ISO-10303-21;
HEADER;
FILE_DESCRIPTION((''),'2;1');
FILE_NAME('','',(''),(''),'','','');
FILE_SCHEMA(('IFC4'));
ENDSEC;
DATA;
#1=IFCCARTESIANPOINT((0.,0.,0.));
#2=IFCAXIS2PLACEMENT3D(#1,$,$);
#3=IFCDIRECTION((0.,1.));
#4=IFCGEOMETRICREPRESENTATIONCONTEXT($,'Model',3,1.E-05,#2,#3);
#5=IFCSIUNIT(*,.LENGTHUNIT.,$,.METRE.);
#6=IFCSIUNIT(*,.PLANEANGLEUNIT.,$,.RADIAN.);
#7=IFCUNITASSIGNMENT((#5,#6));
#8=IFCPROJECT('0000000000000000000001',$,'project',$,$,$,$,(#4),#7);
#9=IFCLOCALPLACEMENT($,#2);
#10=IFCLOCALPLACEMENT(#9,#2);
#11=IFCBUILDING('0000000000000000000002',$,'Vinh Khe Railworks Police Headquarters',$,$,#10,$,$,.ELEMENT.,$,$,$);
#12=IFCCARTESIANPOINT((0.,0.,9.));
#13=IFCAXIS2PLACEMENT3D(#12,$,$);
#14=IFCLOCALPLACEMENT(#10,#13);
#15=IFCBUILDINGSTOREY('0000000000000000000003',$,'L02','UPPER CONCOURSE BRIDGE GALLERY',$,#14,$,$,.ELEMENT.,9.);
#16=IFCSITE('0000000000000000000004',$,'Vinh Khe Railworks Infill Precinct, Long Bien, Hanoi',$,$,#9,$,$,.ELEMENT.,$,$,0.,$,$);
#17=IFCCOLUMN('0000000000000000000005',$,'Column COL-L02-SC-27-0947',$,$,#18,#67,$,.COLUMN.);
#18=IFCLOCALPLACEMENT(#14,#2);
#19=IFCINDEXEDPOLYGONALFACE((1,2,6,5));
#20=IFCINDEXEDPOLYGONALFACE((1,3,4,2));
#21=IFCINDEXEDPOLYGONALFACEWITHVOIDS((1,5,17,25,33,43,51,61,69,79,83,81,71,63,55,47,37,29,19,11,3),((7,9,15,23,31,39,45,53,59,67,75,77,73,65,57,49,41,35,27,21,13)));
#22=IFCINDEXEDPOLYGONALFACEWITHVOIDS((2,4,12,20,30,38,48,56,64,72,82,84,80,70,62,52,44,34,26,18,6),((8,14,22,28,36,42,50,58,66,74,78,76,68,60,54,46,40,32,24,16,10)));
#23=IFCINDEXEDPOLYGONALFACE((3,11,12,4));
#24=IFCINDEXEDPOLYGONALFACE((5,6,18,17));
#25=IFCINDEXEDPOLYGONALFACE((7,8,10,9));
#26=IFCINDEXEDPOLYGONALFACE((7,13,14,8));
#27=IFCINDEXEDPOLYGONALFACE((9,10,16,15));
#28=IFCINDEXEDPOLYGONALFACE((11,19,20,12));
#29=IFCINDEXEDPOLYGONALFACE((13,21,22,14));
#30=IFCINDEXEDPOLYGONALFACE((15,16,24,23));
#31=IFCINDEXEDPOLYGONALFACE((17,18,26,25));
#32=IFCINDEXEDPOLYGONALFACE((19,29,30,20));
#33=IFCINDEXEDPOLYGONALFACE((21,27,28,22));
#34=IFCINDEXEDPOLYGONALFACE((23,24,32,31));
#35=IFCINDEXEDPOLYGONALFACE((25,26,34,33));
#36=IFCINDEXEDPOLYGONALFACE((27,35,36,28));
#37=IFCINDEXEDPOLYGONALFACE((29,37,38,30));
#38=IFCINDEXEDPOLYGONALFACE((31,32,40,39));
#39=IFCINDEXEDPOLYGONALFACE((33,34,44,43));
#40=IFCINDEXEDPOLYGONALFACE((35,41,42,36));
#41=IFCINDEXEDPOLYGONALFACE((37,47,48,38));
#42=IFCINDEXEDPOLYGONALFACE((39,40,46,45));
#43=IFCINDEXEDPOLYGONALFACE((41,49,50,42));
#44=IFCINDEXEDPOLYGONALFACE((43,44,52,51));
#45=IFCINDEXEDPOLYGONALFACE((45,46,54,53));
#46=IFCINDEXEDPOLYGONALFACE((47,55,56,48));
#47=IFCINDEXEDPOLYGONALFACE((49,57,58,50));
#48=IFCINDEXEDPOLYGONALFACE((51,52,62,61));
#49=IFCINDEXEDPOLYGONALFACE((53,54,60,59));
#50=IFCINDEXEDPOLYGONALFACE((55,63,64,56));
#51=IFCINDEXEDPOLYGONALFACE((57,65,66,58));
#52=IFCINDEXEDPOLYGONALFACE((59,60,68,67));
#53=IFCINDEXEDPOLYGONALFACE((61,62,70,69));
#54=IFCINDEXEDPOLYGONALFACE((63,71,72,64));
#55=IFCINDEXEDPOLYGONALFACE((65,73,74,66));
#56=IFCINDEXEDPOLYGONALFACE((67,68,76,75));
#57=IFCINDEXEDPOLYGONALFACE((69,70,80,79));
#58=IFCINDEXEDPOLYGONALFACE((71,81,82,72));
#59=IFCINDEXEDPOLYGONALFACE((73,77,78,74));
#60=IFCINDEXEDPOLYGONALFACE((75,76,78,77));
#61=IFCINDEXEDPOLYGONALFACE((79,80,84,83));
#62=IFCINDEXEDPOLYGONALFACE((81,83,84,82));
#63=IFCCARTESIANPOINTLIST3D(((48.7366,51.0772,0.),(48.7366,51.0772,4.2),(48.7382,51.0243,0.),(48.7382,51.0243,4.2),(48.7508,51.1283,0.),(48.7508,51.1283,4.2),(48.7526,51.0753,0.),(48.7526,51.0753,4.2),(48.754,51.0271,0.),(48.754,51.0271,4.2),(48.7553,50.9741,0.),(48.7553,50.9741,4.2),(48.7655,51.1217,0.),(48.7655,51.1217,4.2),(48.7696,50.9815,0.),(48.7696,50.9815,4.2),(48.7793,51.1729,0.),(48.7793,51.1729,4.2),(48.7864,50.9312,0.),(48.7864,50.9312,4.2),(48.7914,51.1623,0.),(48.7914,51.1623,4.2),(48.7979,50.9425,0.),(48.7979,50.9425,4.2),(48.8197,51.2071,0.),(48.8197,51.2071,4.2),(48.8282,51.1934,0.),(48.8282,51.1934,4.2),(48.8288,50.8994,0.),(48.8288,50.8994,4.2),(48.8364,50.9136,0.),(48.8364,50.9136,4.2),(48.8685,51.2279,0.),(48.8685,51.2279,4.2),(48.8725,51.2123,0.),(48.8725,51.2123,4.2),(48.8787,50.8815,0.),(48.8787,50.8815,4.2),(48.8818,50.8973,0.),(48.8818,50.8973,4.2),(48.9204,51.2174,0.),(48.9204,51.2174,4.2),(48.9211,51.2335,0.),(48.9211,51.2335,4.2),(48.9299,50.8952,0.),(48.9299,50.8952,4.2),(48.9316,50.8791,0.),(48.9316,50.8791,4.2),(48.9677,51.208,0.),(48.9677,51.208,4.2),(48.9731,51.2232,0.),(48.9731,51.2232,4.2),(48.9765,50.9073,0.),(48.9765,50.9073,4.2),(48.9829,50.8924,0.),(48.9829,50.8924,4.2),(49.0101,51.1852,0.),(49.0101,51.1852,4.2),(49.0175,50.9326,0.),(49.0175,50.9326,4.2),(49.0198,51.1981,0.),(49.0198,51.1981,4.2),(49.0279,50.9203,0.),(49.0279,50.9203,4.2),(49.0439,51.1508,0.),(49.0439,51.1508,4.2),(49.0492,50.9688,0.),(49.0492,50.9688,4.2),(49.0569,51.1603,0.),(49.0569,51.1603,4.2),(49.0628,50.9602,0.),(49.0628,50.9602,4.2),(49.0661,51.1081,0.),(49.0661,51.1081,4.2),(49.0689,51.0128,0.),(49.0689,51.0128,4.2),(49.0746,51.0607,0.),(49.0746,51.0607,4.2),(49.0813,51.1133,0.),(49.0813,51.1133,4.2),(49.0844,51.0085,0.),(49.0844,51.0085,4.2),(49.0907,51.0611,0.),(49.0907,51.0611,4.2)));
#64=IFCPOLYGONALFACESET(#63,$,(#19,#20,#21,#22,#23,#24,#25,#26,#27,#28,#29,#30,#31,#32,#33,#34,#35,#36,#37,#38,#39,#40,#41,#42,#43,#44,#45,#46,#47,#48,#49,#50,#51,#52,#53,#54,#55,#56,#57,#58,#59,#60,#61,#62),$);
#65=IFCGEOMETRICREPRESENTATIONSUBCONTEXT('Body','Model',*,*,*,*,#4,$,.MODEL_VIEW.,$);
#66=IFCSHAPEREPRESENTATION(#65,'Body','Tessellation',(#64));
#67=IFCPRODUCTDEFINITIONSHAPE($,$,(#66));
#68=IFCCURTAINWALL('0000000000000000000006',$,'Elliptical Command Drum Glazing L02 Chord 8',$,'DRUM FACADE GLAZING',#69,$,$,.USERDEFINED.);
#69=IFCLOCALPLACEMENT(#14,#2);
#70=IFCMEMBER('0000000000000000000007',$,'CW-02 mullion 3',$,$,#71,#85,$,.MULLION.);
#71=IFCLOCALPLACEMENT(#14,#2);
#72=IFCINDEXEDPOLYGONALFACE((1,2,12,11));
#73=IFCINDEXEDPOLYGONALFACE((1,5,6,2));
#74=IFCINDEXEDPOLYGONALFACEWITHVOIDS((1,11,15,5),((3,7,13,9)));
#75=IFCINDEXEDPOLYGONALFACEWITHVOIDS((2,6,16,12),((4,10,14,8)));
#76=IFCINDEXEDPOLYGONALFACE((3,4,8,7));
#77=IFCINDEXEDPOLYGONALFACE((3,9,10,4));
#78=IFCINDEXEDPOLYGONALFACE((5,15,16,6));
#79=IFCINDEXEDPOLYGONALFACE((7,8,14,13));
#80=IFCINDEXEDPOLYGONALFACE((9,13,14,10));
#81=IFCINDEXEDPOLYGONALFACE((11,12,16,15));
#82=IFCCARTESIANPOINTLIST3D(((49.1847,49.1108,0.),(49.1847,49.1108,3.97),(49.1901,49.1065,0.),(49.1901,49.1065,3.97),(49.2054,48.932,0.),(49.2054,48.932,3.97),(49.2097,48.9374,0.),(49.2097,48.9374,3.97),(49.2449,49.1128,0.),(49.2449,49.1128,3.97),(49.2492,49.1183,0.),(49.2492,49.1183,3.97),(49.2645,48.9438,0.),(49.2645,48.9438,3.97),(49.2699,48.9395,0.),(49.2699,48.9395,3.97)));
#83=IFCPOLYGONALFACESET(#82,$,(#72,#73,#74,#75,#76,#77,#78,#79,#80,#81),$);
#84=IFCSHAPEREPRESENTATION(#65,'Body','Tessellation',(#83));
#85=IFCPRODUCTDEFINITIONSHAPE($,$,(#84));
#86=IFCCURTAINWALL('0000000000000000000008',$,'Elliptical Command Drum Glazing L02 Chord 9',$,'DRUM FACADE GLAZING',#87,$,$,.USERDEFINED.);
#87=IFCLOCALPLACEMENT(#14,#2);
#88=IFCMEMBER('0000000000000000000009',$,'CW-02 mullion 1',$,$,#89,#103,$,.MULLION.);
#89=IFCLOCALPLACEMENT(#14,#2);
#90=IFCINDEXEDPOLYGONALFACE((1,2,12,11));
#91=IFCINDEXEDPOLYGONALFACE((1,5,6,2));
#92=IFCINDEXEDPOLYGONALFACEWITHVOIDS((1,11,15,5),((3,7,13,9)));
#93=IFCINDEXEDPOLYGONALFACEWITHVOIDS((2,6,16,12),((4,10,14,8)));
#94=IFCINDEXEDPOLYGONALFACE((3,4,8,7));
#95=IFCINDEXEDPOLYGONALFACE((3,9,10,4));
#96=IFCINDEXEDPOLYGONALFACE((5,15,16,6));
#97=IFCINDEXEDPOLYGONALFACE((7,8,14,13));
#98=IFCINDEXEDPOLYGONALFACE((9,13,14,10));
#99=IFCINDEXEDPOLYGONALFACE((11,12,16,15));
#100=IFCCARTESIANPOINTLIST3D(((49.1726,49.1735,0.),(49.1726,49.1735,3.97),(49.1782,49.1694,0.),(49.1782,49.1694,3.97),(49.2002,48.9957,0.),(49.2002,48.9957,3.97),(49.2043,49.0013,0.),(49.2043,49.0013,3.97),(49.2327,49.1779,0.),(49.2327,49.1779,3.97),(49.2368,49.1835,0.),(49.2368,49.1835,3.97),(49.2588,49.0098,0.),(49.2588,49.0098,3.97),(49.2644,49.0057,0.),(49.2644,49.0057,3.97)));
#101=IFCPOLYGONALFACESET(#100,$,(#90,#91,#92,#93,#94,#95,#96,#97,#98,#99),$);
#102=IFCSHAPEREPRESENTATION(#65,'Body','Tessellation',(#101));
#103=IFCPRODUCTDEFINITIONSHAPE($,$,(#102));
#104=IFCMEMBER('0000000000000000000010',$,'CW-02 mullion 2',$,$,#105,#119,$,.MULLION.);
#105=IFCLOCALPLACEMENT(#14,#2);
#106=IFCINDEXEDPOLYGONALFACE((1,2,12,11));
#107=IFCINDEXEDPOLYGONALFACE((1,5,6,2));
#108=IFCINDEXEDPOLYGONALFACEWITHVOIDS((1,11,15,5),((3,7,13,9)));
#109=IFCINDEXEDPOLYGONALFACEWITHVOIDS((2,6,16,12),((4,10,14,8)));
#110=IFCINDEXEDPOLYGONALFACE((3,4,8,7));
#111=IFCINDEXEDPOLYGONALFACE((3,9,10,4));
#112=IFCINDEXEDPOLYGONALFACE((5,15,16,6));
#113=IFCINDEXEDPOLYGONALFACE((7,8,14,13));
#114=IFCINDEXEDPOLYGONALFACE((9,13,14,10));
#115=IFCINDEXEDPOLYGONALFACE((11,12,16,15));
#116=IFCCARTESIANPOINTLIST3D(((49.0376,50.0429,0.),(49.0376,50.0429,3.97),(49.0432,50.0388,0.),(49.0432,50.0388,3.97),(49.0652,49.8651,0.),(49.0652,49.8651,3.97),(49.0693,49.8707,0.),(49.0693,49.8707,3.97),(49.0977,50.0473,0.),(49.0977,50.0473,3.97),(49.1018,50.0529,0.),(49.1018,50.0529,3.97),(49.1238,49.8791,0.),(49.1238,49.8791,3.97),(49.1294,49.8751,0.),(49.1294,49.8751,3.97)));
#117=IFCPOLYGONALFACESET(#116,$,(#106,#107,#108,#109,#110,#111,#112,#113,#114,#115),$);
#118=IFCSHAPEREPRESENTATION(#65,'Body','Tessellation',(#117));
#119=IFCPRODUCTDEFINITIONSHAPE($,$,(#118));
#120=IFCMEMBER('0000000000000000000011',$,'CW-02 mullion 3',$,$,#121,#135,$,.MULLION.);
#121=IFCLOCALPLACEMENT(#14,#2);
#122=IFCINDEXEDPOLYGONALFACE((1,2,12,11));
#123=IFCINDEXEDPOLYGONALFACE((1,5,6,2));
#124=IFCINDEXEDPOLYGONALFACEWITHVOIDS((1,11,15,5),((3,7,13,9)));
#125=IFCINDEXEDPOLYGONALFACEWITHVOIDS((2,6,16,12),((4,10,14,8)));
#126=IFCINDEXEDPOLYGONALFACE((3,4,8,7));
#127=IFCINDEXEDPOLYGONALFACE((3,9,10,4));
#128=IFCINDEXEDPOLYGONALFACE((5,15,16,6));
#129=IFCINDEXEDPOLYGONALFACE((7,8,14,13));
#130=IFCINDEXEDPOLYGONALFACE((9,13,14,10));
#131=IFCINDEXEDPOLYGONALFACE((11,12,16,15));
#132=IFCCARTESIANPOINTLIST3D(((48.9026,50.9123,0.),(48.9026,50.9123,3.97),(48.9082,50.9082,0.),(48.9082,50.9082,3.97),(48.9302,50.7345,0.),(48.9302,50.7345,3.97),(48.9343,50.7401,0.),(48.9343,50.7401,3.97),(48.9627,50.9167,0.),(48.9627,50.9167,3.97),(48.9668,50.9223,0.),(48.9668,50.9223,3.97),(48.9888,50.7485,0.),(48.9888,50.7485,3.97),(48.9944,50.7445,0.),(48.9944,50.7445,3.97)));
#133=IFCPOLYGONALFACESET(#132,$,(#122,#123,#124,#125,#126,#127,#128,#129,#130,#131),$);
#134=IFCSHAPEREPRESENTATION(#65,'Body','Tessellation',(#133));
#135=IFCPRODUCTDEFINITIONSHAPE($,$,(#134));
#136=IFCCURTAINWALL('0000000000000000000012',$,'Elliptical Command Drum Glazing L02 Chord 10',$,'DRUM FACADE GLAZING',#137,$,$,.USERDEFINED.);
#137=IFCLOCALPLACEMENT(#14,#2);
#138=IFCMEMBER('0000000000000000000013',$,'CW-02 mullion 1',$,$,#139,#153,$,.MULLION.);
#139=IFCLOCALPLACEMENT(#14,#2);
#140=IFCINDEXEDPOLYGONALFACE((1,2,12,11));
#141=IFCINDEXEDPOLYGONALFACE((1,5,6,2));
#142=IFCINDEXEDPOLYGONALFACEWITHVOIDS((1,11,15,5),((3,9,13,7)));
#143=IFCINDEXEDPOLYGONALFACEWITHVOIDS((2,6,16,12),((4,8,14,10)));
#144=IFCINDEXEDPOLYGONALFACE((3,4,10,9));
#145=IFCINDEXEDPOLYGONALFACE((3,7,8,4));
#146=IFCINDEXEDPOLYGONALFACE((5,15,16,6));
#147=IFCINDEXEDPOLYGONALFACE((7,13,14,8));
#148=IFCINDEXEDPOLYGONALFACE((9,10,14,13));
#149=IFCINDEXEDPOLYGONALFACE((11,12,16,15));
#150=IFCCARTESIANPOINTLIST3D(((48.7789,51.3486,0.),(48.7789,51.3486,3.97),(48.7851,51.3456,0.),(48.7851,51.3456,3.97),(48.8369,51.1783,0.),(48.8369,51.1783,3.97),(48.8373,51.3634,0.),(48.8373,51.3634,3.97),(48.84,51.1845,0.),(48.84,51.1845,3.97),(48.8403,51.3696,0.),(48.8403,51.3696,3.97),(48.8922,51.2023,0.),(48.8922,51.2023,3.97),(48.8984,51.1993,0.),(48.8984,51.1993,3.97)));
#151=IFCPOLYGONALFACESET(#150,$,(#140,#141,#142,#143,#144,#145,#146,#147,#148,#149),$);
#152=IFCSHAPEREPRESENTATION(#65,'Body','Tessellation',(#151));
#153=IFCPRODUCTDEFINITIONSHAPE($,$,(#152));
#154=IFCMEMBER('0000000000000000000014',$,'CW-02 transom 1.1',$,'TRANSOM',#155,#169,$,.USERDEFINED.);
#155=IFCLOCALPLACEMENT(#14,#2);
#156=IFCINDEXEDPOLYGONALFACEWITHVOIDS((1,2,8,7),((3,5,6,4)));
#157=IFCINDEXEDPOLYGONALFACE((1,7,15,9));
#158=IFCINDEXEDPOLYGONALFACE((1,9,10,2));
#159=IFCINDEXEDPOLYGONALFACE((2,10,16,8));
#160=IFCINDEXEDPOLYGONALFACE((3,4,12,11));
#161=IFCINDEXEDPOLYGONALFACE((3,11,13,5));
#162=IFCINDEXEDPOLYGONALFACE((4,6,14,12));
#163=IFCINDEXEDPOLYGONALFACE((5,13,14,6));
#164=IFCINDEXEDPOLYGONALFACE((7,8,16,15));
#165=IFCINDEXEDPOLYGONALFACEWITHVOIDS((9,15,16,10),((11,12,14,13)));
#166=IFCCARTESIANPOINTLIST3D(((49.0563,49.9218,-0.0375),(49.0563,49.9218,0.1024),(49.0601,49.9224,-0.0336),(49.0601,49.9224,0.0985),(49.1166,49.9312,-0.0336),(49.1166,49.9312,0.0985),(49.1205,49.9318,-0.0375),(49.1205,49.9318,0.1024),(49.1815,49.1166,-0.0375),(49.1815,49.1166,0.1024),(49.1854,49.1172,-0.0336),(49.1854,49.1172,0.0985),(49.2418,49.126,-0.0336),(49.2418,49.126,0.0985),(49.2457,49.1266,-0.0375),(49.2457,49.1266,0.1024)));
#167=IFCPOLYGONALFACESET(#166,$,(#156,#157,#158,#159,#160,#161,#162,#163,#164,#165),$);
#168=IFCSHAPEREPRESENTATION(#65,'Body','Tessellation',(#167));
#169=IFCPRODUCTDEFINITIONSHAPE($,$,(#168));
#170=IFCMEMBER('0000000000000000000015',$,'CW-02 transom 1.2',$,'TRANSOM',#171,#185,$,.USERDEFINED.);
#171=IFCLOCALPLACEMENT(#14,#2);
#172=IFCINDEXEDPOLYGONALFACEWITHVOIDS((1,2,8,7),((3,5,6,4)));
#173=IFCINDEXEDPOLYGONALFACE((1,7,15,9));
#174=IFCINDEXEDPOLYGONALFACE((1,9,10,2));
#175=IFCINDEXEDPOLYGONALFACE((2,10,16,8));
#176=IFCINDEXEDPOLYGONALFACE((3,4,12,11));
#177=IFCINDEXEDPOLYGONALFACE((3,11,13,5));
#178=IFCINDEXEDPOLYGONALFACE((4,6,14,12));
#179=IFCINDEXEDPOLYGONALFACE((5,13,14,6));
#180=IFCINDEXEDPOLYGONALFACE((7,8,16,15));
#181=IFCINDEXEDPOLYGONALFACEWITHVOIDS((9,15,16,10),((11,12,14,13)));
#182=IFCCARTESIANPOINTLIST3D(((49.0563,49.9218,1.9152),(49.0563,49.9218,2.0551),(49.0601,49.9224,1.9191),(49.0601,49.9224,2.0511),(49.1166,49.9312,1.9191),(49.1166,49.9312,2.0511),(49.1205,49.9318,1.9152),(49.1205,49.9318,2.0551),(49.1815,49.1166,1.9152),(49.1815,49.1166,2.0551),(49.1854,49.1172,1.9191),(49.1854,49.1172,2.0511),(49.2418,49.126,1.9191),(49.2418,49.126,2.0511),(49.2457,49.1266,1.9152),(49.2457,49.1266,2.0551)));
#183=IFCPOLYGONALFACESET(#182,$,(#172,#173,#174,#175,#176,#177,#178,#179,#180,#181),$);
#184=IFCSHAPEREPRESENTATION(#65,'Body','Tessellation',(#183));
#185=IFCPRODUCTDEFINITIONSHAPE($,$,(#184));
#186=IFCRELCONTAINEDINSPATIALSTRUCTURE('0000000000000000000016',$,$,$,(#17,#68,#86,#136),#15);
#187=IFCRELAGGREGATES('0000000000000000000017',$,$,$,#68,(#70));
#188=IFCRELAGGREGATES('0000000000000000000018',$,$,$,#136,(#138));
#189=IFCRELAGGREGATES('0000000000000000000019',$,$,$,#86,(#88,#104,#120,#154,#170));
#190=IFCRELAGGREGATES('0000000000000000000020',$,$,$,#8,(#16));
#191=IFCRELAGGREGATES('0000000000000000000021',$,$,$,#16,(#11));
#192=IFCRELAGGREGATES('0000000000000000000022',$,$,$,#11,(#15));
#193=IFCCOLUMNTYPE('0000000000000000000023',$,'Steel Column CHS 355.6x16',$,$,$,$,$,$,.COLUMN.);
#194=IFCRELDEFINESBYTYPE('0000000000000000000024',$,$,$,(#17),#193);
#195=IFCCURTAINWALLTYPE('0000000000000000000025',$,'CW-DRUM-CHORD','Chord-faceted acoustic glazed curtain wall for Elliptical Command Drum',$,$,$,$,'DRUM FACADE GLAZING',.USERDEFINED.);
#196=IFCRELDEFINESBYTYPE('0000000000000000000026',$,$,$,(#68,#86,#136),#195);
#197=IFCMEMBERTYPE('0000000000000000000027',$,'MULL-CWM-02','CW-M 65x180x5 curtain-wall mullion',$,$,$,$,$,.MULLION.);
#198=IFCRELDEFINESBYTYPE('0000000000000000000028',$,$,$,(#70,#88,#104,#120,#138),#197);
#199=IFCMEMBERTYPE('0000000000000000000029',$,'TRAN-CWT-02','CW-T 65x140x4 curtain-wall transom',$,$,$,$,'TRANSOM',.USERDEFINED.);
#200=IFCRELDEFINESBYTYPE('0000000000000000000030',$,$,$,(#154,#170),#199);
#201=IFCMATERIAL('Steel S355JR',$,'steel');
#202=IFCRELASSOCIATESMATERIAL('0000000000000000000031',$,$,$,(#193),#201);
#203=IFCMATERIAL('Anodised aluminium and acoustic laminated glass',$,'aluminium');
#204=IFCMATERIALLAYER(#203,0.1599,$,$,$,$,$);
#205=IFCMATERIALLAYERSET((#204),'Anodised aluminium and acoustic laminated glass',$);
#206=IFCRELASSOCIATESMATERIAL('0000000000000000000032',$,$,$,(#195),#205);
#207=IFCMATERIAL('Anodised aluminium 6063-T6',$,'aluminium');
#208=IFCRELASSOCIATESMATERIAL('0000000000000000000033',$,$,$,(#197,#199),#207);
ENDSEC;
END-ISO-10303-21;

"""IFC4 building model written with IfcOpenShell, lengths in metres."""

from ifc_helpers import new_model, si_unit, direction, frame, origin, origin_2d, place, context, subcontext, project, spatial, hollow_rectangle, hollow_circle, extrude, material, layer, layer_set, material_profile, profile_set, type_object, element, aggregate, save


model = new_model("IFC4")

# Units and contexts
model_context = context("Model", 3, precision=1e-05, world=origin(), true_north=direction((0.0, 1.0)))
body_context = subcontext(model_context, "Body", "Model", "MODEL_VIEW")
ifc_project = project(units=[si_unit("LENGTHUNIT", "METRE"), si_unit("PLANEANGLEUNIT", "RADIAN")], contexts=[model_context])

# Site, building, storey
site_placement = place(None, origin())
site = spatial("IfcSite", under=ifc_project, at=site_placement, Name="Vinh Khe Railworks Infill Precinct, Long Bien, Hanoi", CompositionType="ELEMENT", RefElevation=0.0)
building_placement = place(site_placement, origin())
building = spatial("IfcBuilding", under=site, at=building_placement, Name="Vinh Khe Railworks Police Headquarters", CompositionType="ELEMENT")
storey_placement = place(building_placement, frame((0.0, 0.0, 9.0)))
storey = spatial("IfcBuildingStorey", under=building, at=storey_placement, Name="L02", Description="UPPER CONCOURSE BRIDGE GALLERY", CompositionType="ELEMENT", Elevation=9.0)

# Column
ifc_material_1 = material(Name="Steel S355JR", Category="steel")
ifc_material_profile_1 = material_profile(ifc_material_1, hollow_circle(Radius=0.1777, WallThickness=0.0161, at=origin_2d()), Name="CHS 355.6x16")
ifc_profile_set_1 = profile_set([ifc_material_profile_1], Name="Steel S355JR")
column_type = type_object("IfcColumnType", Name="Steel Column CHS 355.6x16", PredefinedType="COLUMN", material=ifc_profile_set_1)
column_placement = place(storey_placement, frame((48.9131, 51.0559, 0.0), z_axis=(0.0, 0.0, 1.0), x_axis=(0.94648, 0.322761, 0.0)))
element("IfcColumn", 1, at=column_placement, inside=storey, type_object=column_type, Name="Column COL-L02-SC-27-0947", PredefinedType="COLUMN", context=body_context, shape_type="SweptSolid", body=[
    extrude(hollow_circle(Radius=0.1777, WallThickness=0.0161, at=origin_2d()), origin(), (0.0, 0.0, 1.0), 4.2),
])

# Curtain wall, member
ifc_material_2 = material(Name="Anodised aluminium and acoustic laminated glass", Category="aluminium")
ifc_layer_1 = layer(ifc_material_2, 0.1599)
ifc_layer_set_1 = layer_set([ifc_layer_1], Name="Anodised aluminium and acoustic laminated glass")
curtain_wall_type = type_object("IfcCurtainWallType", Name="CW-DRUM-CHORD", Description="Chord-faceted acoustic glazed curtain wall for Elliptical Command Drum", ElementType="DRUM FACADE GLAZING", PredefinedType="USERDEFINED", material=ifc_layer_set_1)
curtain_wall_1_placement = place(storey_placement, origin())
curtain_wall_1 = element("IfcCurtainWall", 2, at=curtain_wall_1_placement, inside=storey, type_object=curtain_wall_type, Name="Elliptical Command Drum Glazing L02 Chord 8", ObjectType="DRUM FACADE GLAZING", PredefinedType="USERDEFINED")
ifc_material_3 = material(Name="Anodised aluminium 6063-T6", Category="aluminium")
ifc_material_profile_2 = material_profile(ifc_material_3, hollow_rectangle(XDim=0.0649, YDim=0.1799, WallThickness=0.0049, at=origin_2d()), Name="CW-M 65x180x5")
ifc_profile_set_2 = profile_set([ifc_material_profile_2], Name="Anodised aluminium 6063-T6")
member_type_1 = type_object("IfcMemberType", Name="MULL-CWM-02", Description="CW-M 65x180x5 curtain-wall mullion", PredefinedType="MULLION", material=ifc_profile_set_2)
member_1_placement = place(storey_placement, frame((49.2273, 49.0251, 0.0), z_axis=(0.0, 0.0, 1.0), x_axis=(-0.993329, -0.115318, 0.0)))
member_1 = element("IfcMember", 3, at=member_1_placement, type_object=member_type_1, Name="CW-02 mullion 3", PredefinedType="MULLION", context=body_context, shape_type="SweptSolid", body=[
    extrude(hollow_rectangle(XDim=0.0649, YDim=0.1799, WallThickness=0.0049, at=origin_2d()), origin(), (0.0, 0.0, 1.0), 3.97),
])
aggregate(curtain_wall_1, [member_1])

# Curtain wall, members
curtain_wall_2_placement = place(storey_placement, origin())
curtain_wall_2 = element("IfcCurtainWall", 4, at=curtain_wall_2_placement, inside=storey, type_object=curtain_wall_type, Name="Elliptical Command Drum Glazing L02 Chord 9", ObjectType="DRUM FACADE GLAZING", PredefinedType="USERDEFINED")
member_2_placement = place(storey_placement, frame((49.2185, 49.0896, 0.0), z_axis=(0.0, 0.0, 1.0), x_axis=(-0.98815, -0.15349, 0.0)))
member_2 = element("IfcMember", 5, at=member_2_placement, type_object=member_type_1, Name="CW-02 mullion 1", PredefinedType="MULLION", context=body_context, shape_type="SweptSolid", body=[
    extrude(hollow_rectangle(XDim=0.0649, YDim=0.1799, WallThickness=0.0049, at=origin_2d()), origin(), (0.0, 0.0, 1.0), 3.97),
])
member_3_placement = place(storey_placement, frame((49.0835, 49.959, 0.0), z_axis=(0.0, 0.0, 1.0), x_axis=(-0.98815, -0.15349, 0.0)))
member_3 = element("IfcMember", 6, at=member_3_placement, type_object=member_type_1, Name="CW-02 mullion 2", PredefinedType="MULLION", context=body_context, shape_type="SweptSolid", body=[
    extrude(hollow_rectangle(XDim=0.0649, YDim=0.1799, WallThickness=0.0049, at=origin_2d()), origin(), (0.0, 0.0, 1.0), 3.97),
])
member_4_placement = place(storey_placement, frame((48.9485, 50.8284, 0.0), z_axis=(0.0, 0.0, 1.0), x_axis=(-0.98815, -0.15349, 0.0)))
member_4 = element("IfcMember", 7, at=member_4_placement, type_object=member_type_1, Name="CW-02 mullion 3", PredefinedType="MULLION", context=body_context, shape_type="SweptSolid", body=[
    extrude(hollow_rectangle(XDim=0.0649, YDim=0.1799, WallThickness=0.0049, at=origin_2d()), origin(), (0.0, 0.0, 1.0), 3.97),
])

# Curtain wall, member
curtain_wall_3_placement = place(storey_placement, origin())
curtain_wall_3 = element("IfcCurtainWall", 8, at=curtain_wall_3_placement, inside=storey, type_object=curtain_wall_type, Name="Elliptical Command Drum Glazing L02 Chord 10", ObjectType="DRUM FACADE GLAZING", PredefinedType="USERDEFINED")
member_5_placement = place(storey_placement, frame((48.8386, 51.2739, 0.0), z_axis=(0.0, 0.0, 1.0), x_axis=(-0.946486, -0.322746, 0.0)))
member_5 = element("IfcMember", 9, at=member_5_placement, type_object=member_type_1, Name="CW-02 mullion 1", PredefinedType="MULLION", context=body_context, shape_type="SweptSolid", body=[
    extrude(hollow_rectangle(XDim=0.0649, YDim=0.1799, WallThickness=0.0049, at=origin_2d()), origin(), (0.0, 0.0, 1.0), 3.97),
])

# Members
ifc_material_profile_3 = material_profile(ifc_material_3, hollow_rectangle(XDim=0.0649, YDim=0.1399, WallThickness=0.0039, at=origin_2d()), Name="CW-T 65x140x4")
ifc_profile_set_3 = profile_set([ifc_material_profile_3], Name="Anodised aluminium 6063-T6")
member_type_2 = type_object("IfcMemberType", Name="TRAN-CWT-02", Description="CW-T 65x140x4 curtain-wall transom", ElementType="TRANSOM", PredefinedType="USERDEFINED", material=ifc_profile_set_3)
member_6_placement = place(storey_placement, frame((49.2136, 49.1216, 0.0325), z_axis=(-0.153701, 0.988117, 0.0), x_axis=(-0.988117, -0.153701, 0.0)))
member_6 = element("IfcMember", 10, at=member_6_placement, type_object=member_type_2, Name="CW-02 transom 1.1", ObjectType="TRANSOM", PredefinedType="USERDEFINED", context=body_context, shape_type="SweptSolid", body=[
    extrude(hollow_rectangle(XDim=0.0649, YDim=0.1399, WallThickness=0.0039, at=origin_2d()), origin(), (0.0, 0.0, 1.0), 0.8149),
])
member_7_placement = place(storey_placement, frame((49.2136, 49.1216, 1.9851), z_axis=(-0.153701, 0.988117, 0.0), x_axis=(-0.988117, -0.153701, 0.0)))
member_7 = element("IfcMember", 11, at=member_7_placement, type_object=member_type_2, Name="CW-02 transom 1.2", ObjectType="TRANSOM", PredefinedType="USERDEFINED", context=body_context, shape_type="SweptSolid", body=[
    extrude(hollow_rectangle(XDim=0.0649, YDim=0.1399, WallThickness=0.0039, at=origin_2d()), origin(), (0.0, 0.0, 1.0), 0.8149),
])
aggregate(curtain_wall_3, [member_5])

aggregate(curtain_wall_2, [member_2, member_3, member_4, member_6, member_7])

save(model, "model.ifc")
